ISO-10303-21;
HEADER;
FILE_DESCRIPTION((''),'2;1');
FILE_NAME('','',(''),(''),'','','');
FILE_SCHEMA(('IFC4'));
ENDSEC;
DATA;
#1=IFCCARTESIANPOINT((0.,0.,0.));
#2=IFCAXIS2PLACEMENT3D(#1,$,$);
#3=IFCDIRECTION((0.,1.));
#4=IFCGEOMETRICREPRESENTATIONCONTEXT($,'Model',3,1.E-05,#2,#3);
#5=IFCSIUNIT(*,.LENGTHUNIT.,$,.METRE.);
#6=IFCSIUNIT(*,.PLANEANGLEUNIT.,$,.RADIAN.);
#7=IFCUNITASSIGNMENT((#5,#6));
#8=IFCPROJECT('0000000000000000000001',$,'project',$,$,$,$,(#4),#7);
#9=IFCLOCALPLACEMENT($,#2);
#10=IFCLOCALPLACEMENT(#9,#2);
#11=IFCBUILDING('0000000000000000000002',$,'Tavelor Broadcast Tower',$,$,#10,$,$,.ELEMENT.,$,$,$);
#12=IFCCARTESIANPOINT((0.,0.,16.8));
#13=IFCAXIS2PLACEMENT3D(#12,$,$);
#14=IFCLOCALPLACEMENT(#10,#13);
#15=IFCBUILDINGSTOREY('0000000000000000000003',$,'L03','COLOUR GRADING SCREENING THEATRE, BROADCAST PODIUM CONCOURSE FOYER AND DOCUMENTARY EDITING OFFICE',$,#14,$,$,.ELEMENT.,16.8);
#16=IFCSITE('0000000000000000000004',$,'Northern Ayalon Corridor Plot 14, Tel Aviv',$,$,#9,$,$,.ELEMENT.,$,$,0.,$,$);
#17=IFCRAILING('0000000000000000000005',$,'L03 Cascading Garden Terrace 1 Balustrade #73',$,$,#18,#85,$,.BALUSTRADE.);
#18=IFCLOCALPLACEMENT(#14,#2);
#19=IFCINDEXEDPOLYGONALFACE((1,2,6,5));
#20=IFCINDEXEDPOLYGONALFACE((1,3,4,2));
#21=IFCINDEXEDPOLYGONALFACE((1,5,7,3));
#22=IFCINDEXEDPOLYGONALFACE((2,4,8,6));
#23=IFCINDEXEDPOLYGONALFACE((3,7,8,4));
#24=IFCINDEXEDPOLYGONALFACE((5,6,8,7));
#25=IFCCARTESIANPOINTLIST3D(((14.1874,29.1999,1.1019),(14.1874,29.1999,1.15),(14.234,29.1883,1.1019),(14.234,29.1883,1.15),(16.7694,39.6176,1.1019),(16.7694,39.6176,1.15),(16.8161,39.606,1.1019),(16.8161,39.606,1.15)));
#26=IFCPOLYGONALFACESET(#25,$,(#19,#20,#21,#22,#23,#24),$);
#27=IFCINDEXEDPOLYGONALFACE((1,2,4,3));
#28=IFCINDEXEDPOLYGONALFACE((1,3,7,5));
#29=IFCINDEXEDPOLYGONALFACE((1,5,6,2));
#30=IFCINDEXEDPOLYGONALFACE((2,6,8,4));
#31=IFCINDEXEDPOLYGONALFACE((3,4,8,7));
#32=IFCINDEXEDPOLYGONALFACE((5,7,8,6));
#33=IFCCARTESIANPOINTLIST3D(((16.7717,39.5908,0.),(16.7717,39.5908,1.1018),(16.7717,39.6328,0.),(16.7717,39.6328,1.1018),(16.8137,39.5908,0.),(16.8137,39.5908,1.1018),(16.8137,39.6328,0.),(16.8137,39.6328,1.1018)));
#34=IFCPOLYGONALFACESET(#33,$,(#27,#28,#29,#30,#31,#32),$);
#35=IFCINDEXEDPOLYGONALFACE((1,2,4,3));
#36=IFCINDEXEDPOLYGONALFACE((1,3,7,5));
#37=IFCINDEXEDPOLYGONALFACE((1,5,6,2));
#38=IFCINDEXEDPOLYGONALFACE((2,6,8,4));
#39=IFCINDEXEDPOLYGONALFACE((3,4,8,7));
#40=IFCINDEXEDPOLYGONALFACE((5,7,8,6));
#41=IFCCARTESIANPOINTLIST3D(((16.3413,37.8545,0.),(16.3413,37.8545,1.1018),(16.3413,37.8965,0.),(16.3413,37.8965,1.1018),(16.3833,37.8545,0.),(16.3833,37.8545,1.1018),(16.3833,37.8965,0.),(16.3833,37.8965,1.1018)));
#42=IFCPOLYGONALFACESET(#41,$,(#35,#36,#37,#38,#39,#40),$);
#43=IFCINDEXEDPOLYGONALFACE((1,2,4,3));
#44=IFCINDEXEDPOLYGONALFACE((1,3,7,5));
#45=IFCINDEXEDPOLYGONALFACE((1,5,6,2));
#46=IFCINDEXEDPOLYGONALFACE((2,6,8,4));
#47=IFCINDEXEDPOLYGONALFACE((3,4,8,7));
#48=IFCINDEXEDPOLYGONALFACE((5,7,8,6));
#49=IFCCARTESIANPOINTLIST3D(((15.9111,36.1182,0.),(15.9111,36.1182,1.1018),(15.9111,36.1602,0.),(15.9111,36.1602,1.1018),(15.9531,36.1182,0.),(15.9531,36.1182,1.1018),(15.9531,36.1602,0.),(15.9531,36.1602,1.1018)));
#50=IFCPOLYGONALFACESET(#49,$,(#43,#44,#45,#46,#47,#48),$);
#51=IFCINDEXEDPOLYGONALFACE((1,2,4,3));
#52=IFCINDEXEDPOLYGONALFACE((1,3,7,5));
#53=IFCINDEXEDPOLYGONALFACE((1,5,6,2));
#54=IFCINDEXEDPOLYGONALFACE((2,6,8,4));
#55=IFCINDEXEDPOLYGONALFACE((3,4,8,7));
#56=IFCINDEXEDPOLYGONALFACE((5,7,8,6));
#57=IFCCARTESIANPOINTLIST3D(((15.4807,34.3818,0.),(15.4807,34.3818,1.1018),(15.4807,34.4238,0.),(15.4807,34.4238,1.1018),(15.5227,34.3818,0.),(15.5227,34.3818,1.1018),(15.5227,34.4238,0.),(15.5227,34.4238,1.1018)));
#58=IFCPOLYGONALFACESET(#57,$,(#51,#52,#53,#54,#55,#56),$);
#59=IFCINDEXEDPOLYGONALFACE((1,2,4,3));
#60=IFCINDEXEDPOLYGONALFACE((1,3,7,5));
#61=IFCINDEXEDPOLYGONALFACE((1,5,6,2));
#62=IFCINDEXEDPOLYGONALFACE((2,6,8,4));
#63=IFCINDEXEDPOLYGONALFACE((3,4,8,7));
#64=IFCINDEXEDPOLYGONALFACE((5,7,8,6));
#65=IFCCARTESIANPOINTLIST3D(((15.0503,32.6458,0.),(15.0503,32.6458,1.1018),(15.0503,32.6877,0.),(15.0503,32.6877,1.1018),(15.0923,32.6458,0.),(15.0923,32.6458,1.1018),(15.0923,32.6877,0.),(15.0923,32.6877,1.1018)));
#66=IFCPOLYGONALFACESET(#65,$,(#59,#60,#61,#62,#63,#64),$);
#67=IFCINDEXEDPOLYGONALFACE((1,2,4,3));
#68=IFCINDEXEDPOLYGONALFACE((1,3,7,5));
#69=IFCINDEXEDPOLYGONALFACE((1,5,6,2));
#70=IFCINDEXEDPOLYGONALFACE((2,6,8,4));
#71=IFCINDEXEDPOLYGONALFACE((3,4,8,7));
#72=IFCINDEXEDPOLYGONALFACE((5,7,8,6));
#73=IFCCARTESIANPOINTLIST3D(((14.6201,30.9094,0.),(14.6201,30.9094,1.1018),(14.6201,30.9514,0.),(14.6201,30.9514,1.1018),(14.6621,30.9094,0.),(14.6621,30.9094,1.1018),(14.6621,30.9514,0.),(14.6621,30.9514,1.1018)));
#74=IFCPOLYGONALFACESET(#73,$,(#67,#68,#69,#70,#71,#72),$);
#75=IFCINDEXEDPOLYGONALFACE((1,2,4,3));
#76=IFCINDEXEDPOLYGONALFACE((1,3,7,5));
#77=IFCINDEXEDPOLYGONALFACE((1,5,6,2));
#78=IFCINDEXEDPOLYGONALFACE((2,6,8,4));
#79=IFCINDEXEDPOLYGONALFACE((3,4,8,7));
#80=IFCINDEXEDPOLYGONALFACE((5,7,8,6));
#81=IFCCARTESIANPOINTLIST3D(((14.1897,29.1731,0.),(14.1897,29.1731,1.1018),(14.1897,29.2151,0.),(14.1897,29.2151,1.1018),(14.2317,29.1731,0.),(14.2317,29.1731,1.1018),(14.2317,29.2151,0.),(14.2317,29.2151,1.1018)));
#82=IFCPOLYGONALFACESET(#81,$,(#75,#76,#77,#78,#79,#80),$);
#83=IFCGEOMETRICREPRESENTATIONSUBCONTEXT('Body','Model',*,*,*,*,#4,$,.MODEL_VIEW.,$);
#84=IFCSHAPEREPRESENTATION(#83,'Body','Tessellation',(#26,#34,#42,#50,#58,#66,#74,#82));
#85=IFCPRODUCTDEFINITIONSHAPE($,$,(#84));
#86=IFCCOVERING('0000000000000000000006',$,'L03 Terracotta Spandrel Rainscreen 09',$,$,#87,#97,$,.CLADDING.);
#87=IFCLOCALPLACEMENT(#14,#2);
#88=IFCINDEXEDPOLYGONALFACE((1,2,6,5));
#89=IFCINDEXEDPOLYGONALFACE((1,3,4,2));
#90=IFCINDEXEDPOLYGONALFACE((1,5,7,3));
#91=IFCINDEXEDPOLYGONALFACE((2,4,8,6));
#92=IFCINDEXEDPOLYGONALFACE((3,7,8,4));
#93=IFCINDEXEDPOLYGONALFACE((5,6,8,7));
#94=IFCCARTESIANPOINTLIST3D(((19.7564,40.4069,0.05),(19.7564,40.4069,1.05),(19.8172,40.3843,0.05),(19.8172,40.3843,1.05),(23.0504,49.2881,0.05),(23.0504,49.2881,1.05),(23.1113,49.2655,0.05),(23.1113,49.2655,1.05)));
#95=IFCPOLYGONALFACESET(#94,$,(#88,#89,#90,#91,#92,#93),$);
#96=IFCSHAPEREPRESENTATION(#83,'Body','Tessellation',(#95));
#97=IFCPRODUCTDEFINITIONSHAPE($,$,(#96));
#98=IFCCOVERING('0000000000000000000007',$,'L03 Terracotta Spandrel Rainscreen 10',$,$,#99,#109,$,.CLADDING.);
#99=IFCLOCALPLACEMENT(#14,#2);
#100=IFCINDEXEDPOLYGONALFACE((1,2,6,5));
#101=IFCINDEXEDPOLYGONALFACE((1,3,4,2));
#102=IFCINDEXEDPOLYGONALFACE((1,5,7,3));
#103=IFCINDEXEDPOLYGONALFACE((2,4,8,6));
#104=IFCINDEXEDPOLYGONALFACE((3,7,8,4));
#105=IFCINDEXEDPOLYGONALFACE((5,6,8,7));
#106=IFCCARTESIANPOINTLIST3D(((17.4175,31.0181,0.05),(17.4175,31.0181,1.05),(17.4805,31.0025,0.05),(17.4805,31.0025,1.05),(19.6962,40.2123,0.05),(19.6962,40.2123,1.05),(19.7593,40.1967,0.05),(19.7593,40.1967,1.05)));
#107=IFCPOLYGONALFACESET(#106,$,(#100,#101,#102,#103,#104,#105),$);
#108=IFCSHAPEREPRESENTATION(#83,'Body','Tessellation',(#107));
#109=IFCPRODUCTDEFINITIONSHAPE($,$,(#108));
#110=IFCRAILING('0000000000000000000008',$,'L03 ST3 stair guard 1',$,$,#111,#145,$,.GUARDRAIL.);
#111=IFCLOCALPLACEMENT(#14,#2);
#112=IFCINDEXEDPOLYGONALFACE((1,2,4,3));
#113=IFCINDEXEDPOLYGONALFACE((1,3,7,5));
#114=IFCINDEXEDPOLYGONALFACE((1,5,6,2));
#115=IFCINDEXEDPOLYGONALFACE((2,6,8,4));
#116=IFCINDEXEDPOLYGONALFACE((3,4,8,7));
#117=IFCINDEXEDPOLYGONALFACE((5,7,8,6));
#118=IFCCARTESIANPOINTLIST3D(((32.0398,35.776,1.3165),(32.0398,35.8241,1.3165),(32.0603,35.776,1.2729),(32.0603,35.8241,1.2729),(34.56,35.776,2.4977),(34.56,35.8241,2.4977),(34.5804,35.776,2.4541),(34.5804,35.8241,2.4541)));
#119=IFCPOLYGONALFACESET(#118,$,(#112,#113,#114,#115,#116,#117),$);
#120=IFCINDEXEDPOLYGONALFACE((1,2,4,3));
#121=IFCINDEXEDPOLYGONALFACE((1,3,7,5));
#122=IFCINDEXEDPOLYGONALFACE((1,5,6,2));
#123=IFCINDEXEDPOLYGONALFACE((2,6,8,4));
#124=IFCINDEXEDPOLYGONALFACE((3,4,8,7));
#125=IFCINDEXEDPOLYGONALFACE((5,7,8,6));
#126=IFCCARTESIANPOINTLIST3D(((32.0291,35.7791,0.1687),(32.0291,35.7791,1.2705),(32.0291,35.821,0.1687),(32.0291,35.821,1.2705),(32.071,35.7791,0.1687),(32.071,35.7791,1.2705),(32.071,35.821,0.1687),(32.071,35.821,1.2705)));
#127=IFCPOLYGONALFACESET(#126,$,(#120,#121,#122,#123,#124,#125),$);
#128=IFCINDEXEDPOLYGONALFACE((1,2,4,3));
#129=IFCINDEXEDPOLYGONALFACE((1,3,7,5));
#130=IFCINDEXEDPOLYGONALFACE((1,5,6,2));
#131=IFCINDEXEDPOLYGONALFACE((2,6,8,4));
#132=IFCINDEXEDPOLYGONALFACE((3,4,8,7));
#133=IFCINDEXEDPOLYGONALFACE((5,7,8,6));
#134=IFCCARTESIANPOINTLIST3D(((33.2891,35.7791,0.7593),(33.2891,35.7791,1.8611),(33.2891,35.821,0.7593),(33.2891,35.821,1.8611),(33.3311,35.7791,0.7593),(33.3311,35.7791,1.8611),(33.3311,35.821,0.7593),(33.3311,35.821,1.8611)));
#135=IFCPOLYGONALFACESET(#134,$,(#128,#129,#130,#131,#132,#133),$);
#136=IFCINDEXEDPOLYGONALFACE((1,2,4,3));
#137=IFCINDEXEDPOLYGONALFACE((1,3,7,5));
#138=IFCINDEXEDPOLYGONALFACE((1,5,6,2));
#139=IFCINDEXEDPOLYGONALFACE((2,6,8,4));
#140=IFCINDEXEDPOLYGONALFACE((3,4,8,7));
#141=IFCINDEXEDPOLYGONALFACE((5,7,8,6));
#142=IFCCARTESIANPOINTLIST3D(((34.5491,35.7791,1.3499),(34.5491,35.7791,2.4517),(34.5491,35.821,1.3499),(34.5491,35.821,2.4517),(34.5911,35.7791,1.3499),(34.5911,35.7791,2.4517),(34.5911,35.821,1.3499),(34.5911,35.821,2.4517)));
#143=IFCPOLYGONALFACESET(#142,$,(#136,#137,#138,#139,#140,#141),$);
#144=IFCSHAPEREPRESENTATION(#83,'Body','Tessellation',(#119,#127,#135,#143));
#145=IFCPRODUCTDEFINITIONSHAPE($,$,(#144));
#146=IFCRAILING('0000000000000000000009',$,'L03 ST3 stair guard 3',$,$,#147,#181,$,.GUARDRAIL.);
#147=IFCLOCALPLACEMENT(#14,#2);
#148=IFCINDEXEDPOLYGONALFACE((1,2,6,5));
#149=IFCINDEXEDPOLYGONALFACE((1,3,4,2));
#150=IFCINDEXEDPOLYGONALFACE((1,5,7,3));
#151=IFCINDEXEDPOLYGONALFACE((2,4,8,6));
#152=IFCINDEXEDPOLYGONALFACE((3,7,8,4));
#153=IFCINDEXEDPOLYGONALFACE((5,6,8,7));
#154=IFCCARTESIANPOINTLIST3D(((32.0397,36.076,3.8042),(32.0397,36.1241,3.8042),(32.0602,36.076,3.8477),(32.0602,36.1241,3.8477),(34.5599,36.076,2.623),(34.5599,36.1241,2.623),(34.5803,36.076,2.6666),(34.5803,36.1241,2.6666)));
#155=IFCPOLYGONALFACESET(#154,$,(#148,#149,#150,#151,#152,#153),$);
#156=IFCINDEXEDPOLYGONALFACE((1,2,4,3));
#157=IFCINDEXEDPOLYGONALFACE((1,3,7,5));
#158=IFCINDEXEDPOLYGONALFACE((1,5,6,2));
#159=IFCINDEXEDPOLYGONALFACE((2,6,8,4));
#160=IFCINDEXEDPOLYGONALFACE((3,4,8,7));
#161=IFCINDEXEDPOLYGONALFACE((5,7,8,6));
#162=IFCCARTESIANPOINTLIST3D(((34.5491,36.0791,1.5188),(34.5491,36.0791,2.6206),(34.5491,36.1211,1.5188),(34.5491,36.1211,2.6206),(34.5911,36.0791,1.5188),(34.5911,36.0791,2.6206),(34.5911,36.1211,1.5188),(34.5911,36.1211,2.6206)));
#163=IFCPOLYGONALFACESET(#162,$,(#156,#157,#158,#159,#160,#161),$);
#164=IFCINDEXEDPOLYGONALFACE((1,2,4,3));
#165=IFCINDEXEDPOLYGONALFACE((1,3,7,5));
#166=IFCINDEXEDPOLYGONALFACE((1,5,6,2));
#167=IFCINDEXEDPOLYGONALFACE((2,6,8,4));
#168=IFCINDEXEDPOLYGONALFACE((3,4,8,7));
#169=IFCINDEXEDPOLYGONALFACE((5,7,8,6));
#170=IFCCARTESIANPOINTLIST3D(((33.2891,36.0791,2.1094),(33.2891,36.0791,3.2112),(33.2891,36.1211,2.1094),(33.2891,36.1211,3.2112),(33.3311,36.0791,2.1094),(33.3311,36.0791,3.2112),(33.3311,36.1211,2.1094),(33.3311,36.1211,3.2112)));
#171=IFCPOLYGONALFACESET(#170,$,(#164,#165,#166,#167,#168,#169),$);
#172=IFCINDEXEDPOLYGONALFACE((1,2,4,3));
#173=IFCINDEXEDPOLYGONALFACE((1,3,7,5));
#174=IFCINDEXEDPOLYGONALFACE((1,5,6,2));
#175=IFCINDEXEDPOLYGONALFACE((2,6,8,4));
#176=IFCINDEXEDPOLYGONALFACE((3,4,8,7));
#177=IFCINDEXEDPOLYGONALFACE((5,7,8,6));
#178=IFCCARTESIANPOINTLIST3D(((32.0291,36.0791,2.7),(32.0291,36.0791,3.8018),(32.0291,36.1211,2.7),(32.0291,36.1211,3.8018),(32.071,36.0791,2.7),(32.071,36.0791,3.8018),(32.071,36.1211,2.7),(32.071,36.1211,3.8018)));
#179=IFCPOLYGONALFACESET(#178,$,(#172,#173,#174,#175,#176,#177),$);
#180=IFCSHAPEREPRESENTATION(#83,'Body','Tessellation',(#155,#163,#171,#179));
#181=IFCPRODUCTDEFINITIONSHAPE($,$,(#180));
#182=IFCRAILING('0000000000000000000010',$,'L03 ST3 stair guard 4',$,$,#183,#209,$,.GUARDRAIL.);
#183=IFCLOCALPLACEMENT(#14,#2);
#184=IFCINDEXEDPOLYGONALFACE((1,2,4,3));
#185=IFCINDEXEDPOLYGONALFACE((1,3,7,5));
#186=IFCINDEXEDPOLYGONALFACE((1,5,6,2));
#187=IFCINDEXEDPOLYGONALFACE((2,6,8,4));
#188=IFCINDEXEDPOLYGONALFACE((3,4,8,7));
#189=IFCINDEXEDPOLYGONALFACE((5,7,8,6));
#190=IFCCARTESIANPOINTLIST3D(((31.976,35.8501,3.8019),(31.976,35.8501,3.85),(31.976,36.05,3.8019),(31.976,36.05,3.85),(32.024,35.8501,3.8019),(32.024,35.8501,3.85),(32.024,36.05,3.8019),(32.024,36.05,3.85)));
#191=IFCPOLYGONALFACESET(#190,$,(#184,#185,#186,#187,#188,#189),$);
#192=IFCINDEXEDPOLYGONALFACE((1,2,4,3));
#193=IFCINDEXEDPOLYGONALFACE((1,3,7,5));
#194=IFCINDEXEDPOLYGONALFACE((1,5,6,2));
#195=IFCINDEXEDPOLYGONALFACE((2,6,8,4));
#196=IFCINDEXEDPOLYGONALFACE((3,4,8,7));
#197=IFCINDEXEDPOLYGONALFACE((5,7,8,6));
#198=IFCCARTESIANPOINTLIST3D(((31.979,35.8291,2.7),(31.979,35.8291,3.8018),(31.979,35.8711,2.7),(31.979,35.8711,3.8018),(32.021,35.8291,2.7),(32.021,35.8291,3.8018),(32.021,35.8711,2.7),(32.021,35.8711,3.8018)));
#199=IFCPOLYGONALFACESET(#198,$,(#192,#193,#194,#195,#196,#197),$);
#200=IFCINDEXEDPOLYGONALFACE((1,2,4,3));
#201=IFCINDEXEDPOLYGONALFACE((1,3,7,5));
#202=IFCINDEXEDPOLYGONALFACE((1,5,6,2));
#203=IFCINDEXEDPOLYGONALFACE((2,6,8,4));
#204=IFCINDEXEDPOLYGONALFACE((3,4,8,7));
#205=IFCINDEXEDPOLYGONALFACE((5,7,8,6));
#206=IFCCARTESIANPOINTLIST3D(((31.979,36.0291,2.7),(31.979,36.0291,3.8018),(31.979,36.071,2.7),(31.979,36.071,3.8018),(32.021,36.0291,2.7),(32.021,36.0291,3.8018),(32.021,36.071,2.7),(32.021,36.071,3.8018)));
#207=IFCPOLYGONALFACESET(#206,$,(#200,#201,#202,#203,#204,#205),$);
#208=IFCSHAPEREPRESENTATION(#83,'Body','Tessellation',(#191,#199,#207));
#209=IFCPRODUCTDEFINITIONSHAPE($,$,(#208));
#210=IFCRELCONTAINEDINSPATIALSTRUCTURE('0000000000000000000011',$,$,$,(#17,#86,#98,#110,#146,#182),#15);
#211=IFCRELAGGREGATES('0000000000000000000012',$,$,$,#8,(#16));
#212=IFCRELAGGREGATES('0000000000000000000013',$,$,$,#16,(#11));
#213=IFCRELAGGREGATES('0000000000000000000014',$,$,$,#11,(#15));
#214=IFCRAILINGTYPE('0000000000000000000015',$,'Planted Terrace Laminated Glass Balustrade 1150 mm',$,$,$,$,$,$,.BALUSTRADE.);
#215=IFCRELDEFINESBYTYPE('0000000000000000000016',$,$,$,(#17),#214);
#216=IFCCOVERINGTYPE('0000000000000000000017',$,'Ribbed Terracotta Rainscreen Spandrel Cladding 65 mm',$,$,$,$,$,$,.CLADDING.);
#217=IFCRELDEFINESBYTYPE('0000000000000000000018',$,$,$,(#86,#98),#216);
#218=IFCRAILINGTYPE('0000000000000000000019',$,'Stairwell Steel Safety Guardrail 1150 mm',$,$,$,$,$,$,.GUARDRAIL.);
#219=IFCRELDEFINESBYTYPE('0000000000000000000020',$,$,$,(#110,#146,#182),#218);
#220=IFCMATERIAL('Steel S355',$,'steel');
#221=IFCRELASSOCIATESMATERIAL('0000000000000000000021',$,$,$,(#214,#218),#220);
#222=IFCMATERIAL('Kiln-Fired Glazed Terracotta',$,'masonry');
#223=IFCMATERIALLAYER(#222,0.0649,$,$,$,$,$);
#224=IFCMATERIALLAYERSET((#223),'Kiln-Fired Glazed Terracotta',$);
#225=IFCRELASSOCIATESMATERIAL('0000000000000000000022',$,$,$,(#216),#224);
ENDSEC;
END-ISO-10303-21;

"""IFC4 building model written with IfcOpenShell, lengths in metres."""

from ifc_helpers import new_model, si_unit, direction, frame, origin, origin_2d, place, context, subcontext, project, spatial, rectangle, extrude, material, layer, layer_set, type_object, element, save


model = new_model("IFC4")

# Units and contexts
model_context = context("Model", 3, precision=1e-05, world=origin(), true_north=direction((0.0, 1.0)))
body_context = subcontext(model_context, "Body", "Model", "MODEL_VIEW")
ifc_project = project(units=[si_unit("LENGTHUNIT", "METRE"), si_unit("PLANEANGLEUNIT", "RADIAN")], contexts=[model_context])

# Site, building, storey
site_placement = place(None, origin())
site = spatial("IfcSite", under=ifc_project, at=site_placement, Name="Northern Ayalon Corridor Plot 14, Tel Aviv", CompositionType="ELEMENT", RefElevation=0.0)
building_placement = place(site_placement, origin())
building = spatial("IfcBuilding", under=site, at=building_placement, Name="Tavelor Broadcast Tower", CompositionType="ELEMENT")
storey_placement = place(building_placement, frame((0.0, 0.0, 16.8)))
storey = spatial("IfcBuildingStorey", under=building, at=storey_placement, Name="L03", Description="COLOUR GRADING SCREENING THEATRE, BROADCAST PODIUM CONCOURSE FOYER AND DOCUMENTARY EDITING OFFICE", CompositionType="ELEMENT", Elevation=16.8)

# Shared definitions
ifc_material_1 = material(Name="Steel S355", Category="steel")

# Railing
railing_type_1 = type_object("IfcRailingType", Name="Planted Terrace Laminated Glass Balustrade 1150 mm", PredefinedType="BALUSTRADE", material=ifc_material_1)
railing_1_placement = place(storey_placement, frame((16.7927, 39.6118, 0.0)))
element("IfcRailing", 1, at=railing_1_placement, inside=storey, type_object=railing_type_1, Name="L03 Cascading Garden Terrace 1 Balustrade #73", PredefinedType="BALUSTRADE", context=body_context, shape_type="SweptSolid", body=[
    extrude(rectangle(XDim=0.0481, YDim=0.0481, at=origin_2d()), frame((0.0, 0.0, 1.126), z_axis=(-0.240571, -0.970632, 0.0), x_axis=(0.970632, -0.240571, 0.0)), (0.0, 0.0, 1.0), 10.7329),
    extrude(rectangle(XDim=0.042, YDim=0.042, at=origin_2d()), origin(), (0.0, 0.0, 1.0), 1.1018),
    extrude(rectangle(XDim=0.042, YDim=0.042, at=origin_2d()), frame((-0.4304, -1.7363, 0.0)), (0.0, 0.0, 1.0), 1.1018),
    extrude(rectangle(XDim=0.042, YDim=0.042, at=origin_2d()), frame((-0.8606, -3.4727, 0.0)), (0.0, 0.0, 1.0), 1.1018),
    extrude(rectangle(XDim=0.042, YDim=0.042, at=origin_2d()), frame((-1.291, -5.209, 0.0)), (0.0, 0.0, 1.0), 1.1018),
    extrude(rectangle(XDim=0.042, YDim=0.042, at=origin_2d()), frame((-1.7214, -6.9451, 0.0)), (0.0, 0.0, 1.0), 1.1018),
    extrude(rectangle(XDim=0.042, YDim=0.042, at=origin_2d()), frame((-2.1516, -8.6814, 0.0)), (0.0, 0.0, 1.0), 1.1018),
    extrude(rectangle(XDim=0.042, YDim=0.042, at=origin_2d()), frame((-2.582, -10.4177, 0.0)), (0.0, 0.0, 1.0), 1.1018),
])

# Coverings
ifc_material_2 = material(Name="Kiln-Fired Glazed Terracotta", Category="masonry")
ifc_layer_1 = layer(ifc_material_2, 0.0649)
ifc_layer_set_1 = layer_set([ifc_layer_1], Name="Kiln-Fired Glazed Terracotta")
covering_type = type_object("IfcCoveringType", Name="Ribbed Terracotta Rainscreen Spandrel Cladding 65 mm", PredefinedType="CLADDING", material=ifc_layer_set_1)
for number, where, z_axis, x_axis, name in (
    (2, (21.4338, 44.8362, 0.05), (0.0, 0.0, 1.0), (-0.347754, -0.937586, 0.0), "L03 Terracotta Spandrel Rainscreen 09"),
    (3, (18.5884, 35.6074, 0.05), (0.0, 0.0, 1.0), (-0.240567, -0.970633, 0.0), "L03 Terracotta Spandrel Rainscreen 10"),
):
    element("IfcCovering", number, at=place(storey_placement, frame(where, z_axis=z_axis, x_axis=x_axis)), inside=storey, type_object=covering_type, Name=name, PredefinedType="CLADDING", context=body_context, shape_type="SweptSolid", body=[
        extrude(rectangle(XDim=9.4724, YDim=0.0649, at=origin_2d()), origin(), (0.0, 0.0, 1.0), 1.0),
    ])

# Railings
railing_type_2 = type_object("IfcRailingType", Name="Stairwell Steel Safety Guardrail 1150 mm", PredefinedType="GUARDRAIL", material=ifc_material_1)
railing_2_placement = place(storey_placement, frame((32.05, 35.8, 0.1687)))
element("IfcRailing", 4, at=railing_2_placement, inside=storey, type_object=railing_type_2, Name="L03 ST3 stair guard 1", PredefinedType="GUARDRAIL", context=body_context, shape_type="SweptSolid", body=[
    extrude(rectangle(XDim=0.0481, YDim=0.0481, at=origin_2d()), frame((0.0, 0.0, 1.126), z_axis=(0.905474, 0.0, 0.424402), x_axis=(0.0, 1.0, 0.0)), (0.0, 0.0, 1.0), 2.7832),
    extrude(rectangle(XDim=0.042, YDim=0.042, at=origin_2d()), origin(), (0.0, 0.0, 1.0), 1.1018),
    extrude(rectangle(XDim=0.042, YDim=0.042, at=origin_2d()), frame((1.26, 0.0, 0.5906)), (0.0, 0.0, 1.0), 1.1018),
    extrude(rectangle(XDim=0.042, YDim=0.042, at=origin_2d()), frame((2.52, 0.0, 1.1812)), (0.0, 0.0, 1.0), 1.1018),
])
railing_3_placement = place(storey_placement, frame((34.5701, 36.1001, 1.5188)))
element("IfcRailing", 5, at=railing_3_placement, inside=storey, type_object=railing_type_2, Name="L03 ST3 stair guard 3", PredefinedType="GUARDRAIL", context=body_context, shape_type="SweptSolid", body=[
    extrude(rectangle(XDim=0.0481, YDim=0.0481, at=origin_2d()), frame((0.0, 0.0, 1.126), z_axis=(-0.905474, 0.0, 0.424402), x_axis=(0.0, -1.0, 0.0)), (0.0, 0.0, 1.0), 2.7832),
    extrude(rectangle(XDim=0.042, YDim=0.042, at=origin_2d()), origin(), (0.0, 0.0, 1.0), 1.1018),
    extrude(rectangle(XDim=0.042, YDim=0.042, at=origin_2d()), frame((-1.26, 0.0, 0.5906)), (0.0, 0.0, 1.0), 1.1018),
    extrude(rectangle(XDim=0.042, YDim=0.042, at=origin_2d()), frame((-2.52, 0.0, 1.1812)), (0.0, 0.0, 1.0), 1.1018),
])
railing_4_placement = place(storey_placement, frame((32.0, 35.8501, 2.7)))
element("IfcRailing", 6, at=railing_4_placement, inside=storey, type_object=railing_type_2, Name="L03 ST3 stair guard 4", PredefinedType="GUARDRAIL", context=body_context, shape_type="SweptSolid", body=[
    extrude(rectangle(XDim=0.0481, YDim=0.0481, at=origin_2d()), frame((0.0, 0.0, 1.126), z_axis=(0.0, 1.0, 0.0), x_axis=(-1.0, 0.0, 0.0)), (0.0, 0.0, 1.0), 0.2),
    extrude(rectangle(XDim=0.042, YDim=0.042, at=origin_2d()), origin(), (0.0, 0.0, 1.0), 1.1018),
    extrude(rectangle(XDim=0.042, YDim=0.042, at=origin_2d()), frame((0.0, 0.2, 0.0)), (0.0, 0.0, 1.0), 1.1018),
])

save(model, "model.ifc")
